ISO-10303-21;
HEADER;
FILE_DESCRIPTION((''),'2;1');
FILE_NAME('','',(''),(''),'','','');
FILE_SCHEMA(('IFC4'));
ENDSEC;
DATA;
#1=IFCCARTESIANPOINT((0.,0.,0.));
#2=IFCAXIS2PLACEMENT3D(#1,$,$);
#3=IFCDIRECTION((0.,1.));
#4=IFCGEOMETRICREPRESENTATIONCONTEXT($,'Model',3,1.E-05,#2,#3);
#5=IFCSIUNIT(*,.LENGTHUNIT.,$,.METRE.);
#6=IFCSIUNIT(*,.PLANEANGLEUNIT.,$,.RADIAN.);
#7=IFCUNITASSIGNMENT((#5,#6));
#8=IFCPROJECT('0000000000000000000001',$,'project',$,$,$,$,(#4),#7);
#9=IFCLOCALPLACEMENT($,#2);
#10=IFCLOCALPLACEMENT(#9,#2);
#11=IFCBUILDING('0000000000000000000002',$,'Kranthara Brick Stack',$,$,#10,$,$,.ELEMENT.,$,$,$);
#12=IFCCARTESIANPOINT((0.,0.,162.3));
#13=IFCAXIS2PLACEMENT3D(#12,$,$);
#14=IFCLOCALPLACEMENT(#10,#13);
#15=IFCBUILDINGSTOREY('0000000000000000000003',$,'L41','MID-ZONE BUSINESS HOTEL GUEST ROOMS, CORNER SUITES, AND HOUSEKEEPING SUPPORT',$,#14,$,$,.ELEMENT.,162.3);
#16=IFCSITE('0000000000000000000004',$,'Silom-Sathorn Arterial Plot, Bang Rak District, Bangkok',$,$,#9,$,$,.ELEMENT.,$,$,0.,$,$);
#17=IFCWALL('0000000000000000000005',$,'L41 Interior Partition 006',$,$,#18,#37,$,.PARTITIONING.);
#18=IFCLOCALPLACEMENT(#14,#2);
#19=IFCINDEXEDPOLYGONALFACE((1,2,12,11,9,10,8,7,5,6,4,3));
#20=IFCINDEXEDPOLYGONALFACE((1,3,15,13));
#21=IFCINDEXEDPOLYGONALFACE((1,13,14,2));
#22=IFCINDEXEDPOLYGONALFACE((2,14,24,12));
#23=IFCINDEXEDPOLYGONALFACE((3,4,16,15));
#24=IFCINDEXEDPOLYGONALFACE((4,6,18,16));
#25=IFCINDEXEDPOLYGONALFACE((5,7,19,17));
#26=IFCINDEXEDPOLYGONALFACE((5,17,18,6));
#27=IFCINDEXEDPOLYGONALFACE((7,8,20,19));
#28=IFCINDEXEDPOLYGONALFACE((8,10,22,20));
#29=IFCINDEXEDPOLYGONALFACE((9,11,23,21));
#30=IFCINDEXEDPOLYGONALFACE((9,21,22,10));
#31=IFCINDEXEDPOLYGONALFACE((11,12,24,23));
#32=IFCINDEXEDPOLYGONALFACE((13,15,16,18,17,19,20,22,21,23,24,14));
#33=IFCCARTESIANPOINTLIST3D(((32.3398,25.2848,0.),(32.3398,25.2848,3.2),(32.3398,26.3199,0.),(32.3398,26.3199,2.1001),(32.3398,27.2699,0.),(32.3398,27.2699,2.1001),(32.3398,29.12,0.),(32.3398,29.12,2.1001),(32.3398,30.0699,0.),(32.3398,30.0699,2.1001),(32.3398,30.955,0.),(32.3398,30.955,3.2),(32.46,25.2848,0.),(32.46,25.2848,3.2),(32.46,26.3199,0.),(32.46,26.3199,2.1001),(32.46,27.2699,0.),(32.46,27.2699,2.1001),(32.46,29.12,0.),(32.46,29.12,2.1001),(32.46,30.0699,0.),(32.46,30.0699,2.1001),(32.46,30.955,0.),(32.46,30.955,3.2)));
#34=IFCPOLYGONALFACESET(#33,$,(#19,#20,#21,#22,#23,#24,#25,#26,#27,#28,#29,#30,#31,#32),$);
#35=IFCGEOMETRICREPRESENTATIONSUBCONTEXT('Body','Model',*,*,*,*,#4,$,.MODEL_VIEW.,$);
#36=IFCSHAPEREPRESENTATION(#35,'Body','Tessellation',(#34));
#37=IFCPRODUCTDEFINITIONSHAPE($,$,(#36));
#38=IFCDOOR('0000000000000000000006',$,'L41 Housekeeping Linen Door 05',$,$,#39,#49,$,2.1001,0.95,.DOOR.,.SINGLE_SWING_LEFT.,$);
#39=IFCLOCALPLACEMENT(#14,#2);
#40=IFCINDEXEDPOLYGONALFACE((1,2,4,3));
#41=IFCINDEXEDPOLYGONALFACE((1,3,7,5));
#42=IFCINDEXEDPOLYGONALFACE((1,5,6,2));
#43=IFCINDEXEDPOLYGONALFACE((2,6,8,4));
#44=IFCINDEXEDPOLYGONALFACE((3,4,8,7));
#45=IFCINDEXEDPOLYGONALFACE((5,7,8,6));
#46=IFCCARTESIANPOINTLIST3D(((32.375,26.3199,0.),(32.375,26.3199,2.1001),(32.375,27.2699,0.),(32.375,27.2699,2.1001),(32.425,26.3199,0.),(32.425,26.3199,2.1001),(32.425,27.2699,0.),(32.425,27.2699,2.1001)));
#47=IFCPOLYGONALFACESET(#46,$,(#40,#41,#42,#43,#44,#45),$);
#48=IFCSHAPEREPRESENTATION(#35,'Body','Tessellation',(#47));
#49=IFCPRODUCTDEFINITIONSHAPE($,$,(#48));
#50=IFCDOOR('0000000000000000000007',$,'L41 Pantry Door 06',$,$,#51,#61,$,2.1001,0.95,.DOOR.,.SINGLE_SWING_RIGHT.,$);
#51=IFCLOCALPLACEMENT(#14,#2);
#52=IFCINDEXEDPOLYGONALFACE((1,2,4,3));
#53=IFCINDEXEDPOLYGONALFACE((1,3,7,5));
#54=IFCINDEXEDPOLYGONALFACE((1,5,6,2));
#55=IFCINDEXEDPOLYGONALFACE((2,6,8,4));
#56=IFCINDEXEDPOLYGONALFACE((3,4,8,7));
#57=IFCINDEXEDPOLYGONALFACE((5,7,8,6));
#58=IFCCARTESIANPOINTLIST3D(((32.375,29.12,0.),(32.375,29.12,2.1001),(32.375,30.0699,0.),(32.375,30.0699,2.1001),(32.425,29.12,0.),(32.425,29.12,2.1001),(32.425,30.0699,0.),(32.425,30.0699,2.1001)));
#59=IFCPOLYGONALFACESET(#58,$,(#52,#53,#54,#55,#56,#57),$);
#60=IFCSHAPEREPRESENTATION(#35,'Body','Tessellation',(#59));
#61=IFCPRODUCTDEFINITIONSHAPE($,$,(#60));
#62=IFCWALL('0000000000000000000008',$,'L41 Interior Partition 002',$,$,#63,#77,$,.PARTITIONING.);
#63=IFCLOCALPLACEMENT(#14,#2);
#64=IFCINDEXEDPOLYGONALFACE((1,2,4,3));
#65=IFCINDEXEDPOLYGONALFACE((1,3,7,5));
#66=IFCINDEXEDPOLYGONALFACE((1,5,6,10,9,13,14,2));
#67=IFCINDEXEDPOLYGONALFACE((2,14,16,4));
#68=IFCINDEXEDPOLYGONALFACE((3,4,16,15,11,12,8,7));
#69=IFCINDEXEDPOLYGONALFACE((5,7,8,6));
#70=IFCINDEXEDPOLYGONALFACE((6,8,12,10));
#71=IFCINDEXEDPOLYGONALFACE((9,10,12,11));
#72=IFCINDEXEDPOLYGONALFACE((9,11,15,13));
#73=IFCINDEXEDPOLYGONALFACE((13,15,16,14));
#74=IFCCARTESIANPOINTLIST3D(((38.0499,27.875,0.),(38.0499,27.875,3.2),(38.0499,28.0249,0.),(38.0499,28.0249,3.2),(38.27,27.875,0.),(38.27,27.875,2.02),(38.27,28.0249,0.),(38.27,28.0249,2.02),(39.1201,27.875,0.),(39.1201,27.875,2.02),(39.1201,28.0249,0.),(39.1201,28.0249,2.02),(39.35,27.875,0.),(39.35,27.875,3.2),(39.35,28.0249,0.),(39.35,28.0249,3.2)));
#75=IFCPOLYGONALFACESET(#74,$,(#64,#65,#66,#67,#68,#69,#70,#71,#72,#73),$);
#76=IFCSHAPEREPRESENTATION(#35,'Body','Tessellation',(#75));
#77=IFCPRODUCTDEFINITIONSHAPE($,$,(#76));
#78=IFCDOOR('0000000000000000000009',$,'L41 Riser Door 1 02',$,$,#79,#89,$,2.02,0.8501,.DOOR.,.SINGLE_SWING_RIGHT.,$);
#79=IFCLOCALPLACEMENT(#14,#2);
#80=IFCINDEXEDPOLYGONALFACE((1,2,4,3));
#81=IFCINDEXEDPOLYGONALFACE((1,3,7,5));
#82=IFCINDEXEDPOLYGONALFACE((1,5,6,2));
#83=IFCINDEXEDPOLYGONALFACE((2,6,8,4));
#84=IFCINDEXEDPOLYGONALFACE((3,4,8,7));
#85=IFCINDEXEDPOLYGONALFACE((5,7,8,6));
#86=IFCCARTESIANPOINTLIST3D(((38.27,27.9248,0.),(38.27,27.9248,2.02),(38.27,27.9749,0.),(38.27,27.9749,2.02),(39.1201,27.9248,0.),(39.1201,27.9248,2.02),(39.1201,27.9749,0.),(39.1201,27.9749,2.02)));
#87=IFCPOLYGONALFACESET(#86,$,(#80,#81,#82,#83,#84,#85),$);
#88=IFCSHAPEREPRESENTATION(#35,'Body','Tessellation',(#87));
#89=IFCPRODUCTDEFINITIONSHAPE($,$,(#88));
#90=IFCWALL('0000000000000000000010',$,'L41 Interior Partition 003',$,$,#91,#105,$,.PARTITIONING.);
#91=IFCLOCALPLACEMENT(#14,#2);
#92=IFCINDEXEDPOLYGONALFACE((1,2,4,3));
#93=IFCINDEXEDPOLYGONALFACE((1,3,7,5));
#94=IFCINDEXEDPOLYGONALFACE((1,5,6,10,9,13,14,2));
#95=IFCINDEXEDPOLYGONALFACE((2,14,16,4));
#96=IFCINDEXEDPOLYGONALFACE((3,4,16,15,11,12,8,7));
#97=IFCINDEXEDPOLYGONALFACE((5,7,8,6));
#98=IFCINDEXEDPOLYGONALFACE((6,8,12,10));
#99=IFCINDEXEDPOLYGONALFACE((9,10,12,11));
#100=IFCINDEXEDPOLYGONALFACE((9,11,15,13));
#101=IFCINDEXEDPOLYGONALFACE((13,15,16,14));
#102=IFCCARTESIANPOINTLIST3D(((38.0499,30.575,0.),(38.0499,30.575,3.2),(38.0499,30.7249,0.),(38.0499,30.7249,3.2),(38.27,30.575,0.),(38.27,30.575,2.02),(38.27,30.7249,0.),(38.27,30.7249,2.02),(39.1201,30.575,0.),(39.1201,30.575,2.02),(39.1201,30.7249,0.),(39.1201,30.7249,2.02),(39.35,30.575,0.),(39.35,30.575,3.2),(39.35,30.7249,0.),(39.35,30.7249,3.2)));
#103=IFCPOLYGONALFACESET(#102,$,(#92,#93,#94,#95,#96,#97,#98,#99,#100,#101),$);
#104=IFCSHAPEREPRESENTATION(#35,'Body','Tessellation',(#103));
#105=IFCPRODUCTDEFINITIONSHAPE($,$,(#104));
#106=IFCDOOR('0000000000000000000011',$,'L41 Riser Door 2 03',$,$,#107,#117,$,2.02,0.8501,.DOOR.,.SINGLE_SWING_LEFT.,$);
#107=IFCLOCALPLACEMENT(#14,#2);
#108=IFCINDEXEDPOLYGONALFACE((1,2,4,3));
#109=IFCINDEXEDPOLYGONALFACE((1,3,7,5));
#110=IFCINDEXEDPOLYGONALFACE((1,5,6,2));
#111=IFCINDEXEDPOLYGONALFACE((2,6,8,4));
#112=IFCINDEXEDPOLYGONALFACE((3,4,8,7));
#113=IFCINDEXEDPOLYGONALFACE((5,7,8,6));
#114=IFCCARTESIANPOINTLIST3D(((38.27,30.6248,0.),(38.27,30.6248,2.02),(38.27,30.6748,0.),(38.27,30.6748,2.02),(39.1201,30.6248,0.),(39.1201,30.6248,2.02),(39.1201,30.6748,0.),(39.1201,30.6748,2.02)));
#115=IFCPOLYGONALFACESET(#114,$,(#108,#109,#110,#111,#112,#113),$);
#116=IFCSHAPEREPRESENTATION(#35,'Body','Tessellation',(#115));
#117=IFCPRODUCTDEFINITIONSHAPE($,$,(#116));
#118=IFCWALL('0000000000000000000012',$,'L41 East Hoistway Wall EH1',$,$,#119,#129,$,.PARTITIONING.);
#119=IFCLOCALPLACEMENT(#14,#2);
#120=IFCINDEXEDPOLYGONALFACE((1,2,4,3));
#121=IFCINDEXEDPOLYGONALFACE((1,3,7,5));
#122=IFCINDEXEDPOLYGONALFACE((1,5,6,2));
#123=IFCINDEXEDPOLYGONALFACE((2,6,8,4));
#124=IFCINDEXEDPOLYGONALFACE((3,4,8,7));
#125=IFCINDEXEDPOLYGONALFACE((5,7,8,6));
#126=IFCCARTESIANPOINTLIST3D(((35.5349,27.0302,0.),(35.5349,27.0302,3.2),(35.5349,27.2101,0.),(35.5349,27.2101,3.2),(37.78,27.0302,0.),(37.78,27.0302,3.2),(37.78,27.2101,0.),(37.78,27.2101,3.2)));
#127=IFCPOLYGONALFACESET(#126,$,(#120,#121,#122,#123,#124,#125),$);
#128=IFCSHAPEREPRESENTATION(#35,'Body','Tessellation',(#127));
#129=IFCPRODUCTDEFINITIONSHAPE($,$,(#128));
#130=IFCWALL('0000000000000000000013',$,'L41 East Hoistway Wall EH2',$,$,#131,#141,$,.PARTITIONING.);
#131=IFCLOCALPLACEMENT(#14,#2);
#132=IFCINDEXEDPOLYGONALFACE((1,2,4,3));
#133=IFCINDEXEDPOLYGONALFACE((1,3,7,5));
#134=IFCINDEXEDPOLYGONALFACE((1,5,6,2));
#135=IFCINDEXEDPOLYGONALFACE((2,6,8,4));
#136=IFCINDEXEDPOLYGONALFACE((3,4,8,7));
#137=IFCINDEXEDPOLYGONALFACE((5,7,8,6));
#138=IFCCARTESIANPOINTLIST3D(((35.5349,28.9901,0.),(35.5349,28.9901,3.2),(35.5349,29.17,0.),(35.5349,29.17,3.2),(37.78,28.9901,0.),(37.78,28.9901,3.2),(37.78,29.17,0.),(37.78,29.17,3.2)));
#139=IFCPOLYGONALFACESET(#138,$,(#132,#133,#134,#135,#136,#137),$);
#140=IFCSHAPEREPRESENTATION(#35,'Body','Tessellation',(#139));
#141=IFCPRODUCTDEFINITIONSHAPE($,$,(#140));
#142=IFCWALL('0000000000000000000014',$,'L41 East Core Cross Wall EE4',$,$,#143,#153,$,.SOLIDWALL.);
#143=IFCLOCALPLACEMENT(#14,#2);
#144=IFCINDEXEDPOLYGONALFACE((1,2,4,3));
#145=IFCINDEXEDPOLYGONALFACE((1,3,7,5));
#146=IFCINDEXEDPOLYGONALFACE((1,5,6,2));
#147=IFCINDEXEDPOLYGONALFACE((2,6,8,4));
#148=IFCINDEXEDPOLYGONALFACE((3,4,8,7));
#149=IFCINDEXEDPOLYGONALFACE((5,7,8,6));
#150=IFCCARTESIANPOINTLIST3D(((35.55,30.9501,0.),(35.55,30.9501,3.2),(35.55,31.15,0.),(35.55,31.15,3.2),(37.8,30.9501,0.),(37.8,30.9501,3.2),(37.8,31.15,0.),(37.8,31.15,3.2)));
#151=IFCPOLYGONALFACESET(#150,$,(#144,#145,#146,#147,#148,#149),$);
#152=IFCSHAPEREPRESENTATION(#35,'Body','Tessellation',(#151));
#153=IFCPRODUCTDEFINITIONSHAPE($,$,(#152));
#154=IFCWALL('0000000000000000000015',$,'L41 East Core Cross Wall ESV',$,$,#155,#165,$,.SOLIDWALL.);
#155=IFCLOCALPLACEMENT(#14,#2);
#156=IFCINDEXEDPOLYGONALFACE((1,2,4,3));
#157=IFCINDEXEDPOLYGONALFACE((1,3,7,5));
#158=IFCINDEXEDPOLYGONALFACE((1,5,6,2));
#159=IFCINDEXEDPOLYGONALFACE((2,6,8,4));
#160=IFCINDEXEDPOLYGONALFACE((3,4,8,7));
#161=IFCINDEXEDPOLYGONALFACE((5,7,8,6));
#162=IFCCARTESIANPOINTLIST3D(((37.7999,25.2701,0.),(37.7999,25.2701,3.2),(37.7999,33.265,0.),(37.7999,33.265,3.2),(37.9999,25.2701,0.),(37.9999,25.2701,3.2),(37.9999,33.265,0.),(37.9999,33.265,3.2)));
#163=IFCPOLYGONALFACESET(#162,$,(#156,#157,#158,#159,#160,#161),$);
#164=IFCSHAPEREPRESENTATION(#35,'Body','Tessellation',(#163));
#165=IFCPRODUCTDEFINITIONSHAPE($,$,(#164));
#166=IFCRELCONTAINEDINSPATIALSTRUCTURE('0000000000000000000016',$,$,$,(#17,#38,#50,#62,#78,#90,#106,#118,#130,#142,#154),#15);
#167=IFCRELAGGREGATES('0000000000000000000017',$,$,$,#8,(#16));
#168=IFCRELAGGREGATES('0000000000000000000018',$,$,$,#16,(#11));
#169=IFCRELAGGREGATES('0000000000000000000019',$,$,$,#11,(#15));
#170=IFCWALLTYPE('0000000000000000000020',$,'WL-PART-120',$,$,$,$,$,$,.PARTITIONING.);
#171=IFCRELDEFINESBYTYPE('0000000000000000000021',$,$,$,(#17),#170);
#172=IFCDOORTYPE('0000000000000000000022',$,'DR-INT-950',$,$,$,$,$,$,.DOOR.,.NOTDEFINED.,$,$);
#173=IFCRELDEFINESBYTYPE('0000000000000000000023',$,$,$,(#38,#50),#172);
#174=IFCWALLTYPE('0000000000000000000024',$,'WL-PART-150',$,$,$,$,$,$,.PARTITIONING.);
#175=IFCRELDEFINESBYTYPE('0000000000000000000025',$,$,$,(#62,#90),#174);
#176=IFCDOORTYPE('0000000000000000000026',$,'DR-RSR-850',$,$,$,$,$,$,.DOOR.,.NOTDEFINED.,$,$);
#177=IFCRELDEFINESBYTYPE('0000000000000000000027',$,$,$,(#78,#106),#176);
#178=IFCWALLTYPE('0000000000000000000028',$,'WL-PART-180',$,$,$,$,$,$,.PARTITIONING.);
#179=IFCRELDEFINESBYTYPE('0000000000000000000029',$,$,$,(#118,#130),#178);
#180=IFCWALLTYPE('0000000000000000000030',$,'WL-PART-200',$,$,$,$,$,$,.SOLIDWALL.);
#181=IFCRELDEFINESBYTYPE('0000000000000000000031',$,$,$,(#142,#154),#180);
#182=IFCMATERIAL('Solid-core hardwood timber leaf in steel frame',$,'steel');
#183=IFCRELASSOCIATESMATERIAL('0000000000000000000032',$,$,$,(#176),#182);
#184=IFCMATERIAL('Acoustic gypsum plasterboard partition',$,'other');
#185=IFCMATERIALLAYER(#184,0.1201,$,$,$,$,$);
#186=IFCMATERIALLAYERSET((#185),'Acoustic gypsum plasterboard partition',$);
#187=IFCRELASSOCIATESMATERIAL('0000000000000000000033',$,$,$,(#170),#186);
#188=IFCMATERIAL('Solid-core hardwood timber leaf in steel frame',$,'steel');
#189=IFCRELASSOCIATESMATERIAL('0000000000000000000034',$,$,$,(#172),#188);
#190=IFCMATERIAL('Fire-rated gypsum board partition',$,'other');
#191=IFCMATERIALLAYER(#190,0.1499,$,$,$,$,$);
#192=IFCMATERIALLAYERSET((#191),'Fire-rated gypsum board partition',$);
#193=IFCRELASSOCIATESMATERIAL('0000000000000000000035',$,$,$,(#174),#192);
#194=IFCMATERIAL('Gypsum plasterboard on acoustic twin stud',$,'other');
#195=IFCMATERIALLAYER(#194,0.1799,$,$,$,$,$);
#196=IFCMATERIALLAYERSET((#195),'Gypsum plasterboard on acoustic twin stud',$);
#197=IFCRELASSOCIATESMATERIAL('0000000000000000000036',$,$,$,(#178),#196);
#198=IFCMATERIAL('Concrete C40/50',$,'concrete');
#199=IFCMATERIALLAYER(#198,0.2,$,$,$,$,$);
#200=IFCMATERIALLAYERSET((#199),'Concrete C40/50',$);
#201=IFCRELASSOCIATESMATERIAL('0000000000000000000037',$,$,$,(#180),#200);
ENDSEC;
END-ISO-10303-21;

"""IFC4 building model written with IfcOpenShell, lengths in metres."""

from ifc_helpers import new_model, si_unit, direction, frame, frame_2d, origin, place, context, subcontext, project, spatial, rectangle, extrude, material, layer, layer_set, type_object, element, fill, save


model = new_model("IFC4")

# Units and contexts
model_context = context("Model", 3, precision=1e-05, world=origin(), true_north=direction((0.0, 1.0)))
body_context = subcontext(model_context, "Body", "Model", "MODEL_VIEW")
ifc_project = project(units=[si_unit("LENGTHUNIT", "METRE"), si_unit("PLANEANGLEUNIT", "RADIAN")], contexts=[model_context])

# Site, building, storey
site_placement = place(None, origin())
site = spatial("IfcSite", under=ifc_project, at=site_placement, Name="Silom-Sathorn Arterial Plot, Bang Rak District, Bangkok", CompositionType="ELEMENT", RefElevation=0.0)
building_placement = place(site_placement, origin())
building = spatial("IfcBuilding", under=site, at=building_placement, Name="Kranthara Brick Stack", CompositionType="ELEMENT")
storey_placement = place(building_placement, frame((0.0, 0.0, 162.3)))
storey = spatial("IfcBuildingStorey", under=building, at=storey_placement, Name="L41", Description="MID-ZONE BUSINESS HOTEL GUEST ROOMS, CORNER SUITES, AND HOUSEKEEPING SUPPORT", CompositionType="ELEMENT", Elevation=162.3)

# Wall, openings, doors
ifc_material_1 = material(Name="Solid-core hardwood timber leaf in steel frame", Category="steel")
door_type_1 = type_object("IfcDoorType", Name="DR-RSR-850", OperationType="NOTDEFINED", PredefinedType="DOOR", material=ifc_material_1)
ifc_material_2 = material(Name="Acoustic gypsum plasterboard partition", Category="other")
ifc_layer_1 = layer(ifc_material_2, 0.1201)
ifc_layer_set_1 = layer_set([ifc_layer_1], Name="Acoustic gypsum plasterboard partition")
wall_type_1 = type_object("IfcWallType", Name="WL-PART-120", PredefinedType="PARTITIONING", material=ifc_layer_set_1)
wall_1_placement = place(storey_placement, frame((32.3999, 25.2849, 0.0), z_axis=(0.0, 0.0, 1.0), x_axis=(0.0, 1.0, 0.0)))
wall_1 = element("IfcWall", 1, at=wall_1_placement, inside=storey, type_object=wall_type_1, Name="L41 Interior Partition 006", PredefinedType="PARTITIONING", context=body_context, shape_type="SweptSolid", body=[
    extrude(rectangle(XDim=5.6702, YDim=0.1201, at=frame_2d((2.835, 0.0))), origin(), (0.0, 0.0, 1.0), 3.2),
])
opening_1_placement = place(wall_1_placement, frame((1.0349, 0.0, 0.0)))
opening_1 = element("IfcOpeningElement", 2, at=opening_1_placement, cuts=wall_1, PredefinedType="OPENING", context=body_context, shape_type="SweptSolid", body=[
    extrude(rectangle(XDim=0.95, YDim=2.1001, at=frame_2d((0.4751, 1.05))), frame((0.0, 0.0701, 0.0), z_axis=(0.0, -1.0, 0.0), x_axis=(1.0, 0.0, 0.0)), (0.0, 0.0, 1.0), 0.1401),
])
opening_2_placement = place(wall_1_placement, frame((3.835, 0.0, 0.0)))
opening_2 = element("IfcOpeningElement", 3, at=opening_2_placement, cuts=wall_1, PredefinedType="OPENING", context=body_context, shape_type="SweptSolid", body=[
    extrude(rectangle(XDim=0.95, YDim=2.1001, at=frame_2d((0.4751, 1.05))), frame((0.0, 0.0701, 0.0), z_axis=(0.0, -1.0, 0.0), x_axis=(1.0, 0.0, 0.0)), (0.0, 0.0, 1.0), 0.1401),
])
ifc_material_3 = material(Name="Solid-core hardwood timber leaf in steel frame", Category="steel")
door_type_2 = type_object("IfcDoorType", Name="DR-INT-950", OperationType="NOTDEFINED", PredefinedType="DOOR", material=ifc_material_3)
door_1_placement = place(opening_1_placement, origin())
door_1 = element("IfcDoor", 4, at=door_1_placement, inside=storey, type_object=door_type_2, Name="L41 Housekeeping Linen Door 05", OperationType="SINGLE_SWING_LEFT", OverallHeight=2.1001, OverallWidth=0.95, PredefinedType="DOOR", context=body_context, shape_type="SweptSolid", body=[
    extrude(rectangle(XDim=0.95, YDim=2.1001, at=frame_2d((0.4751, 1.05))), frame((0.0, 0.0249, 0.0), z_axis=(0.0, -1.0, 0.0), x_axis=(1.0, 0.0, 0.0)), (0.0, 0.0, 1.0), 0.05),
])
fill(opening_1, door_1)
door_2_placement = place(opening_2_placement, origin())
door_2 = element("IfcDoor", 5, at=door_2_placement, inside=storey, type_object=door_type_2, Name="L41 Pantry Door 06", OperationType="SINGLE_SWING_RIGHT", OverallHeight=2.1001, OverallWidth=0.95, PredefinedType="DOOR", context=body_context, shape_type="SweptSolid", body=[
    extrude(rectangle(XDim=0.95, YDim=2.1001, at=frame_2d((0.4751, 1.05))), frame((0.0, 0.0249, 0.0), z_axis=(0.0, -1.0, 0.0), x_axis=(1.0, 0.0, 0.0)), (0.0, 0.0, 1.0), 0.05),
])
fill(opening_2, door_2)

# Walls, openings, doors
ifc_material_4 = material(Name="Fire-rated gypsum board partition", Category="other")
ifc_layer_2 = layer(ifc_material_4, 0.1499)
ifc_layer_set_2 = layer_set([ifc_layer_2], Name="Fire-rated gypsum board partition")
wall_type_2 = type_object("IfcWallType", Name="WL-PART-150", PredefinedType="PARTITIONING", material=ifc_layer_set_2)
wall_2_placement = place(storey_placement, frame((38.05, 27.95, 0.0), z_axis=(0.0, 0.0, 1.0), x_axis=(1.0, 0.0, 0.0)))
wall_2 = element("IfcWall", 6, at=wall_2_placement, inside=storey, type_object=wall_type_2, Name="L41 Interior Partition 002", PredefinedType="PARTITIONING", context=body_context, shape_type="SweptSolid", body=[
    extrude(rectangle(XDim=1.3, YDim=0.1499, at=frame_2d((0.6499, 0.0))), origin(), (0.0, 0.0, 1.0), 3.2),
])
opening_3_placement = place(wall_2_placement, frame((0.22, 0.0, 0.0)))
opening_3 = element("IfcOpeningElement", 7, at=opening_3_placement, cuts=wall_2, PredefinedType="OPENING", context=body_context, shape_type="SweptSolid", body=[
    extrude(rectangle(XDim=0.8501, YDim=2.02, at=frame_2d((0.425, 1.01))), frame((0.0, 0.085, 0.0), z_axis=(0.0, -1.0, 0.0), x_axis=(1.0, 0.0, 0.0)), (0.0, 0.0, 1.0), 0.1699),
])
door_3_placement = place(opening_3_placement, origin())
door_3 = element("IfcDoor", 8, at=door_3_placement, inside=storey, type_object=door_type_1, Name="L41 Riser Door 1 02", OperationType="SINGLE_SWING_RIGHT", OverallHeight=2.02, OverallWidth=0.8501, PredefinedType="DOOR", context=body_context, shape_type="SweptSolid", body=[
    extrude(rectangle(XDim=0.8501, YDim=2.02, at=frame_2d((0.425, 1.01))), frame((0.0, 0.0249, 0.0), z_axis=(0.0, -1.0, 0.0), x_axis=(1.0, 0.0, 0.0)), (0.0, 0.0, 1.0), 0.05),
])
fill(opening_3, door_3)
wall_3_placement = place(storey_placement, frame((38.05, 30.6499, 0.0), z_axis=(0.0, 0.0, 1.0), x_axis=(1.0, 0.0, 0.0)))
wall_3 = element("IfcWall", 9, at=wall_3_placement, inside=storey, type_object=wall_type_2, Name="L41 Interior Partition 003", PredefinedType="PARTITIONING", context=body_context, shape_type="SweptSolid", body=[
    extrude(rectangle(XDim=1.3, YDim=0.1499, at=frame_2d((0.6499, 0.0))), origin(), (0.0, 0.0, 1.0), 3.2),
])
opening_4_placement = place(wall_3_placement, frame((0.22, 0.0, 0.0)))
opening_4 = element("IfcOpeningElement", 10, at=opening_4_placement, cuts=wall_3, PredefinedType="OPENING", context=body_context, shape_type="SweptSolid", body=[
    extrude(rectangle(XDim=0.8501, YDim=2.02, at=frame_2d((0.425, 1.01))), frame((0.0, 0.085, 0.0), z_axis=(0.0, -1.0, 0.0), x_axis=(1.0, 0.0, 0.0)), (0.0, 0.0, 1.0), 0.1699),
])
door_4_placement = place(opening_4_placement, origin())
door_4 = element("IfcDoor", 11, at=door_4_placement, inside=storey, type_object=door_type_1, Name="L41 Riser Door 2 03", OperationType="SINGLE_SWING_LEFT", OverallHeight=2.02, OverallWidth=0.8501, PredefinedType="DOOR", context=body_context, shape_type="SweptSolid", body=[
    extrude(rectangle(XDim=0.8501, YDim=2.02, at=frame_2d((0.425, 1.01))), frame((0.0, 0.0249, 0.0), z_axis=(0.0, -1.0, 0.0), x_axis=(1.0, 0.0, 0.0)), (0.0, 0.0, 1.0), 0.05),
])
fill(opening_4, door_4)

# Walls
ifc_material_5 = material(Name="Gypsum plasterboard on acoustic twin stud", Category="other")
ifc_layer_3 = layer(ifc_material_5, 0.1799)
ifc_layer_set_3 = layer_set([ifc_layer_3], Name="Gypsum plasterboard on acoustic twin stud")
wall_type_3 = type_object("IfcWallType", Name="WL-PART-180", PredefinedType="PARTITIONING", material=ifc_layer_set_3)
for number, where, z_axis, x_axis, name in (
    (12, (35.5349, 27.1201, 0.0), (0.0, 0.0, 1.0), (1.0, 0.0, 0.0), "L41 East Hoistway Wall EH1"),
    (13, (35.5349, 29.0801, 0.0), (0.0, 0.0, 1.0), (1.0, 0.0, 0.0), "L41 East Hoistway Wall EH2"),
):
    element("IfcWall", number, at=place(storey_placement, frame(where, z_axis=z_axis, x_axis=x_axis)), inside=storey, type_object=wall_type_3, Name=name, PredefinedType="PARTITIONING", context=body_context, shape_type="SweptSolid", body=[
        extrude(rectangle(XDim=2.2451, YDim=0.1799, at=frame_2d((1.1226, 0.0))), origin(), (0.0, 0.0, 1.0), 3.2),
    ])
ifc_material_6 = material(Name="Concrete C40/50", Category="concrete")
ifc_layer_4 = layer(ifc_material_6, 0.2)
ifc_layer_set_4 = layer_set([ifc_layer_4], Name="Concrete C40/50")
wall_type_4 = type_object("IfcWallType", Name="WL-PART-200", PredefinedType="SOLIDWALL", material=ifc_layer_set_4)
wall_4_placement = place(storey_placement, frame((35.55, 31.05, 0.0), z_axis=(0.0, 0.0, 1.0), x_axis=(1.0, 0.0, 0.0)))
element("IfcWall", 14, at=wall_4_placement, inside=storey, type_object=wall_type_4, Name="L41 East Core Cross Wall EE4", PredefinedType="SOLIDWALL", context=body_context, shape_type="SweptSolid", body=[
    extrude(rectangle(XDim=2.25, YDim=0.2, at=frame_2d((1.125, 0.0))), origin(), (0.0, 0.0, 1.0), 3.2),
])
wall_5_placement = place(storey_placement, frame((37.8999, 25.27, 0.0), z_axis=(0.0, 0.0, 1.0), x_axis=(0.0, 1.0, 0.0)))
element("IfcWall", 15, at=wall_5_placement, inside=storey, type_object=wall_type_4, Name="L41 East Core Cross Wall ESV", PredefinedType="SOLIDWALL", context=body_context, shape_type="SweptSolid", body=[
    extrude(rectangle(XDim=7.9949, YDim=0.2, at=frame_2d((3.9976, 0.0))), origin(), (0.0, 0.0, 1.0), 3.2),
])

save(model, "model.ifc")
